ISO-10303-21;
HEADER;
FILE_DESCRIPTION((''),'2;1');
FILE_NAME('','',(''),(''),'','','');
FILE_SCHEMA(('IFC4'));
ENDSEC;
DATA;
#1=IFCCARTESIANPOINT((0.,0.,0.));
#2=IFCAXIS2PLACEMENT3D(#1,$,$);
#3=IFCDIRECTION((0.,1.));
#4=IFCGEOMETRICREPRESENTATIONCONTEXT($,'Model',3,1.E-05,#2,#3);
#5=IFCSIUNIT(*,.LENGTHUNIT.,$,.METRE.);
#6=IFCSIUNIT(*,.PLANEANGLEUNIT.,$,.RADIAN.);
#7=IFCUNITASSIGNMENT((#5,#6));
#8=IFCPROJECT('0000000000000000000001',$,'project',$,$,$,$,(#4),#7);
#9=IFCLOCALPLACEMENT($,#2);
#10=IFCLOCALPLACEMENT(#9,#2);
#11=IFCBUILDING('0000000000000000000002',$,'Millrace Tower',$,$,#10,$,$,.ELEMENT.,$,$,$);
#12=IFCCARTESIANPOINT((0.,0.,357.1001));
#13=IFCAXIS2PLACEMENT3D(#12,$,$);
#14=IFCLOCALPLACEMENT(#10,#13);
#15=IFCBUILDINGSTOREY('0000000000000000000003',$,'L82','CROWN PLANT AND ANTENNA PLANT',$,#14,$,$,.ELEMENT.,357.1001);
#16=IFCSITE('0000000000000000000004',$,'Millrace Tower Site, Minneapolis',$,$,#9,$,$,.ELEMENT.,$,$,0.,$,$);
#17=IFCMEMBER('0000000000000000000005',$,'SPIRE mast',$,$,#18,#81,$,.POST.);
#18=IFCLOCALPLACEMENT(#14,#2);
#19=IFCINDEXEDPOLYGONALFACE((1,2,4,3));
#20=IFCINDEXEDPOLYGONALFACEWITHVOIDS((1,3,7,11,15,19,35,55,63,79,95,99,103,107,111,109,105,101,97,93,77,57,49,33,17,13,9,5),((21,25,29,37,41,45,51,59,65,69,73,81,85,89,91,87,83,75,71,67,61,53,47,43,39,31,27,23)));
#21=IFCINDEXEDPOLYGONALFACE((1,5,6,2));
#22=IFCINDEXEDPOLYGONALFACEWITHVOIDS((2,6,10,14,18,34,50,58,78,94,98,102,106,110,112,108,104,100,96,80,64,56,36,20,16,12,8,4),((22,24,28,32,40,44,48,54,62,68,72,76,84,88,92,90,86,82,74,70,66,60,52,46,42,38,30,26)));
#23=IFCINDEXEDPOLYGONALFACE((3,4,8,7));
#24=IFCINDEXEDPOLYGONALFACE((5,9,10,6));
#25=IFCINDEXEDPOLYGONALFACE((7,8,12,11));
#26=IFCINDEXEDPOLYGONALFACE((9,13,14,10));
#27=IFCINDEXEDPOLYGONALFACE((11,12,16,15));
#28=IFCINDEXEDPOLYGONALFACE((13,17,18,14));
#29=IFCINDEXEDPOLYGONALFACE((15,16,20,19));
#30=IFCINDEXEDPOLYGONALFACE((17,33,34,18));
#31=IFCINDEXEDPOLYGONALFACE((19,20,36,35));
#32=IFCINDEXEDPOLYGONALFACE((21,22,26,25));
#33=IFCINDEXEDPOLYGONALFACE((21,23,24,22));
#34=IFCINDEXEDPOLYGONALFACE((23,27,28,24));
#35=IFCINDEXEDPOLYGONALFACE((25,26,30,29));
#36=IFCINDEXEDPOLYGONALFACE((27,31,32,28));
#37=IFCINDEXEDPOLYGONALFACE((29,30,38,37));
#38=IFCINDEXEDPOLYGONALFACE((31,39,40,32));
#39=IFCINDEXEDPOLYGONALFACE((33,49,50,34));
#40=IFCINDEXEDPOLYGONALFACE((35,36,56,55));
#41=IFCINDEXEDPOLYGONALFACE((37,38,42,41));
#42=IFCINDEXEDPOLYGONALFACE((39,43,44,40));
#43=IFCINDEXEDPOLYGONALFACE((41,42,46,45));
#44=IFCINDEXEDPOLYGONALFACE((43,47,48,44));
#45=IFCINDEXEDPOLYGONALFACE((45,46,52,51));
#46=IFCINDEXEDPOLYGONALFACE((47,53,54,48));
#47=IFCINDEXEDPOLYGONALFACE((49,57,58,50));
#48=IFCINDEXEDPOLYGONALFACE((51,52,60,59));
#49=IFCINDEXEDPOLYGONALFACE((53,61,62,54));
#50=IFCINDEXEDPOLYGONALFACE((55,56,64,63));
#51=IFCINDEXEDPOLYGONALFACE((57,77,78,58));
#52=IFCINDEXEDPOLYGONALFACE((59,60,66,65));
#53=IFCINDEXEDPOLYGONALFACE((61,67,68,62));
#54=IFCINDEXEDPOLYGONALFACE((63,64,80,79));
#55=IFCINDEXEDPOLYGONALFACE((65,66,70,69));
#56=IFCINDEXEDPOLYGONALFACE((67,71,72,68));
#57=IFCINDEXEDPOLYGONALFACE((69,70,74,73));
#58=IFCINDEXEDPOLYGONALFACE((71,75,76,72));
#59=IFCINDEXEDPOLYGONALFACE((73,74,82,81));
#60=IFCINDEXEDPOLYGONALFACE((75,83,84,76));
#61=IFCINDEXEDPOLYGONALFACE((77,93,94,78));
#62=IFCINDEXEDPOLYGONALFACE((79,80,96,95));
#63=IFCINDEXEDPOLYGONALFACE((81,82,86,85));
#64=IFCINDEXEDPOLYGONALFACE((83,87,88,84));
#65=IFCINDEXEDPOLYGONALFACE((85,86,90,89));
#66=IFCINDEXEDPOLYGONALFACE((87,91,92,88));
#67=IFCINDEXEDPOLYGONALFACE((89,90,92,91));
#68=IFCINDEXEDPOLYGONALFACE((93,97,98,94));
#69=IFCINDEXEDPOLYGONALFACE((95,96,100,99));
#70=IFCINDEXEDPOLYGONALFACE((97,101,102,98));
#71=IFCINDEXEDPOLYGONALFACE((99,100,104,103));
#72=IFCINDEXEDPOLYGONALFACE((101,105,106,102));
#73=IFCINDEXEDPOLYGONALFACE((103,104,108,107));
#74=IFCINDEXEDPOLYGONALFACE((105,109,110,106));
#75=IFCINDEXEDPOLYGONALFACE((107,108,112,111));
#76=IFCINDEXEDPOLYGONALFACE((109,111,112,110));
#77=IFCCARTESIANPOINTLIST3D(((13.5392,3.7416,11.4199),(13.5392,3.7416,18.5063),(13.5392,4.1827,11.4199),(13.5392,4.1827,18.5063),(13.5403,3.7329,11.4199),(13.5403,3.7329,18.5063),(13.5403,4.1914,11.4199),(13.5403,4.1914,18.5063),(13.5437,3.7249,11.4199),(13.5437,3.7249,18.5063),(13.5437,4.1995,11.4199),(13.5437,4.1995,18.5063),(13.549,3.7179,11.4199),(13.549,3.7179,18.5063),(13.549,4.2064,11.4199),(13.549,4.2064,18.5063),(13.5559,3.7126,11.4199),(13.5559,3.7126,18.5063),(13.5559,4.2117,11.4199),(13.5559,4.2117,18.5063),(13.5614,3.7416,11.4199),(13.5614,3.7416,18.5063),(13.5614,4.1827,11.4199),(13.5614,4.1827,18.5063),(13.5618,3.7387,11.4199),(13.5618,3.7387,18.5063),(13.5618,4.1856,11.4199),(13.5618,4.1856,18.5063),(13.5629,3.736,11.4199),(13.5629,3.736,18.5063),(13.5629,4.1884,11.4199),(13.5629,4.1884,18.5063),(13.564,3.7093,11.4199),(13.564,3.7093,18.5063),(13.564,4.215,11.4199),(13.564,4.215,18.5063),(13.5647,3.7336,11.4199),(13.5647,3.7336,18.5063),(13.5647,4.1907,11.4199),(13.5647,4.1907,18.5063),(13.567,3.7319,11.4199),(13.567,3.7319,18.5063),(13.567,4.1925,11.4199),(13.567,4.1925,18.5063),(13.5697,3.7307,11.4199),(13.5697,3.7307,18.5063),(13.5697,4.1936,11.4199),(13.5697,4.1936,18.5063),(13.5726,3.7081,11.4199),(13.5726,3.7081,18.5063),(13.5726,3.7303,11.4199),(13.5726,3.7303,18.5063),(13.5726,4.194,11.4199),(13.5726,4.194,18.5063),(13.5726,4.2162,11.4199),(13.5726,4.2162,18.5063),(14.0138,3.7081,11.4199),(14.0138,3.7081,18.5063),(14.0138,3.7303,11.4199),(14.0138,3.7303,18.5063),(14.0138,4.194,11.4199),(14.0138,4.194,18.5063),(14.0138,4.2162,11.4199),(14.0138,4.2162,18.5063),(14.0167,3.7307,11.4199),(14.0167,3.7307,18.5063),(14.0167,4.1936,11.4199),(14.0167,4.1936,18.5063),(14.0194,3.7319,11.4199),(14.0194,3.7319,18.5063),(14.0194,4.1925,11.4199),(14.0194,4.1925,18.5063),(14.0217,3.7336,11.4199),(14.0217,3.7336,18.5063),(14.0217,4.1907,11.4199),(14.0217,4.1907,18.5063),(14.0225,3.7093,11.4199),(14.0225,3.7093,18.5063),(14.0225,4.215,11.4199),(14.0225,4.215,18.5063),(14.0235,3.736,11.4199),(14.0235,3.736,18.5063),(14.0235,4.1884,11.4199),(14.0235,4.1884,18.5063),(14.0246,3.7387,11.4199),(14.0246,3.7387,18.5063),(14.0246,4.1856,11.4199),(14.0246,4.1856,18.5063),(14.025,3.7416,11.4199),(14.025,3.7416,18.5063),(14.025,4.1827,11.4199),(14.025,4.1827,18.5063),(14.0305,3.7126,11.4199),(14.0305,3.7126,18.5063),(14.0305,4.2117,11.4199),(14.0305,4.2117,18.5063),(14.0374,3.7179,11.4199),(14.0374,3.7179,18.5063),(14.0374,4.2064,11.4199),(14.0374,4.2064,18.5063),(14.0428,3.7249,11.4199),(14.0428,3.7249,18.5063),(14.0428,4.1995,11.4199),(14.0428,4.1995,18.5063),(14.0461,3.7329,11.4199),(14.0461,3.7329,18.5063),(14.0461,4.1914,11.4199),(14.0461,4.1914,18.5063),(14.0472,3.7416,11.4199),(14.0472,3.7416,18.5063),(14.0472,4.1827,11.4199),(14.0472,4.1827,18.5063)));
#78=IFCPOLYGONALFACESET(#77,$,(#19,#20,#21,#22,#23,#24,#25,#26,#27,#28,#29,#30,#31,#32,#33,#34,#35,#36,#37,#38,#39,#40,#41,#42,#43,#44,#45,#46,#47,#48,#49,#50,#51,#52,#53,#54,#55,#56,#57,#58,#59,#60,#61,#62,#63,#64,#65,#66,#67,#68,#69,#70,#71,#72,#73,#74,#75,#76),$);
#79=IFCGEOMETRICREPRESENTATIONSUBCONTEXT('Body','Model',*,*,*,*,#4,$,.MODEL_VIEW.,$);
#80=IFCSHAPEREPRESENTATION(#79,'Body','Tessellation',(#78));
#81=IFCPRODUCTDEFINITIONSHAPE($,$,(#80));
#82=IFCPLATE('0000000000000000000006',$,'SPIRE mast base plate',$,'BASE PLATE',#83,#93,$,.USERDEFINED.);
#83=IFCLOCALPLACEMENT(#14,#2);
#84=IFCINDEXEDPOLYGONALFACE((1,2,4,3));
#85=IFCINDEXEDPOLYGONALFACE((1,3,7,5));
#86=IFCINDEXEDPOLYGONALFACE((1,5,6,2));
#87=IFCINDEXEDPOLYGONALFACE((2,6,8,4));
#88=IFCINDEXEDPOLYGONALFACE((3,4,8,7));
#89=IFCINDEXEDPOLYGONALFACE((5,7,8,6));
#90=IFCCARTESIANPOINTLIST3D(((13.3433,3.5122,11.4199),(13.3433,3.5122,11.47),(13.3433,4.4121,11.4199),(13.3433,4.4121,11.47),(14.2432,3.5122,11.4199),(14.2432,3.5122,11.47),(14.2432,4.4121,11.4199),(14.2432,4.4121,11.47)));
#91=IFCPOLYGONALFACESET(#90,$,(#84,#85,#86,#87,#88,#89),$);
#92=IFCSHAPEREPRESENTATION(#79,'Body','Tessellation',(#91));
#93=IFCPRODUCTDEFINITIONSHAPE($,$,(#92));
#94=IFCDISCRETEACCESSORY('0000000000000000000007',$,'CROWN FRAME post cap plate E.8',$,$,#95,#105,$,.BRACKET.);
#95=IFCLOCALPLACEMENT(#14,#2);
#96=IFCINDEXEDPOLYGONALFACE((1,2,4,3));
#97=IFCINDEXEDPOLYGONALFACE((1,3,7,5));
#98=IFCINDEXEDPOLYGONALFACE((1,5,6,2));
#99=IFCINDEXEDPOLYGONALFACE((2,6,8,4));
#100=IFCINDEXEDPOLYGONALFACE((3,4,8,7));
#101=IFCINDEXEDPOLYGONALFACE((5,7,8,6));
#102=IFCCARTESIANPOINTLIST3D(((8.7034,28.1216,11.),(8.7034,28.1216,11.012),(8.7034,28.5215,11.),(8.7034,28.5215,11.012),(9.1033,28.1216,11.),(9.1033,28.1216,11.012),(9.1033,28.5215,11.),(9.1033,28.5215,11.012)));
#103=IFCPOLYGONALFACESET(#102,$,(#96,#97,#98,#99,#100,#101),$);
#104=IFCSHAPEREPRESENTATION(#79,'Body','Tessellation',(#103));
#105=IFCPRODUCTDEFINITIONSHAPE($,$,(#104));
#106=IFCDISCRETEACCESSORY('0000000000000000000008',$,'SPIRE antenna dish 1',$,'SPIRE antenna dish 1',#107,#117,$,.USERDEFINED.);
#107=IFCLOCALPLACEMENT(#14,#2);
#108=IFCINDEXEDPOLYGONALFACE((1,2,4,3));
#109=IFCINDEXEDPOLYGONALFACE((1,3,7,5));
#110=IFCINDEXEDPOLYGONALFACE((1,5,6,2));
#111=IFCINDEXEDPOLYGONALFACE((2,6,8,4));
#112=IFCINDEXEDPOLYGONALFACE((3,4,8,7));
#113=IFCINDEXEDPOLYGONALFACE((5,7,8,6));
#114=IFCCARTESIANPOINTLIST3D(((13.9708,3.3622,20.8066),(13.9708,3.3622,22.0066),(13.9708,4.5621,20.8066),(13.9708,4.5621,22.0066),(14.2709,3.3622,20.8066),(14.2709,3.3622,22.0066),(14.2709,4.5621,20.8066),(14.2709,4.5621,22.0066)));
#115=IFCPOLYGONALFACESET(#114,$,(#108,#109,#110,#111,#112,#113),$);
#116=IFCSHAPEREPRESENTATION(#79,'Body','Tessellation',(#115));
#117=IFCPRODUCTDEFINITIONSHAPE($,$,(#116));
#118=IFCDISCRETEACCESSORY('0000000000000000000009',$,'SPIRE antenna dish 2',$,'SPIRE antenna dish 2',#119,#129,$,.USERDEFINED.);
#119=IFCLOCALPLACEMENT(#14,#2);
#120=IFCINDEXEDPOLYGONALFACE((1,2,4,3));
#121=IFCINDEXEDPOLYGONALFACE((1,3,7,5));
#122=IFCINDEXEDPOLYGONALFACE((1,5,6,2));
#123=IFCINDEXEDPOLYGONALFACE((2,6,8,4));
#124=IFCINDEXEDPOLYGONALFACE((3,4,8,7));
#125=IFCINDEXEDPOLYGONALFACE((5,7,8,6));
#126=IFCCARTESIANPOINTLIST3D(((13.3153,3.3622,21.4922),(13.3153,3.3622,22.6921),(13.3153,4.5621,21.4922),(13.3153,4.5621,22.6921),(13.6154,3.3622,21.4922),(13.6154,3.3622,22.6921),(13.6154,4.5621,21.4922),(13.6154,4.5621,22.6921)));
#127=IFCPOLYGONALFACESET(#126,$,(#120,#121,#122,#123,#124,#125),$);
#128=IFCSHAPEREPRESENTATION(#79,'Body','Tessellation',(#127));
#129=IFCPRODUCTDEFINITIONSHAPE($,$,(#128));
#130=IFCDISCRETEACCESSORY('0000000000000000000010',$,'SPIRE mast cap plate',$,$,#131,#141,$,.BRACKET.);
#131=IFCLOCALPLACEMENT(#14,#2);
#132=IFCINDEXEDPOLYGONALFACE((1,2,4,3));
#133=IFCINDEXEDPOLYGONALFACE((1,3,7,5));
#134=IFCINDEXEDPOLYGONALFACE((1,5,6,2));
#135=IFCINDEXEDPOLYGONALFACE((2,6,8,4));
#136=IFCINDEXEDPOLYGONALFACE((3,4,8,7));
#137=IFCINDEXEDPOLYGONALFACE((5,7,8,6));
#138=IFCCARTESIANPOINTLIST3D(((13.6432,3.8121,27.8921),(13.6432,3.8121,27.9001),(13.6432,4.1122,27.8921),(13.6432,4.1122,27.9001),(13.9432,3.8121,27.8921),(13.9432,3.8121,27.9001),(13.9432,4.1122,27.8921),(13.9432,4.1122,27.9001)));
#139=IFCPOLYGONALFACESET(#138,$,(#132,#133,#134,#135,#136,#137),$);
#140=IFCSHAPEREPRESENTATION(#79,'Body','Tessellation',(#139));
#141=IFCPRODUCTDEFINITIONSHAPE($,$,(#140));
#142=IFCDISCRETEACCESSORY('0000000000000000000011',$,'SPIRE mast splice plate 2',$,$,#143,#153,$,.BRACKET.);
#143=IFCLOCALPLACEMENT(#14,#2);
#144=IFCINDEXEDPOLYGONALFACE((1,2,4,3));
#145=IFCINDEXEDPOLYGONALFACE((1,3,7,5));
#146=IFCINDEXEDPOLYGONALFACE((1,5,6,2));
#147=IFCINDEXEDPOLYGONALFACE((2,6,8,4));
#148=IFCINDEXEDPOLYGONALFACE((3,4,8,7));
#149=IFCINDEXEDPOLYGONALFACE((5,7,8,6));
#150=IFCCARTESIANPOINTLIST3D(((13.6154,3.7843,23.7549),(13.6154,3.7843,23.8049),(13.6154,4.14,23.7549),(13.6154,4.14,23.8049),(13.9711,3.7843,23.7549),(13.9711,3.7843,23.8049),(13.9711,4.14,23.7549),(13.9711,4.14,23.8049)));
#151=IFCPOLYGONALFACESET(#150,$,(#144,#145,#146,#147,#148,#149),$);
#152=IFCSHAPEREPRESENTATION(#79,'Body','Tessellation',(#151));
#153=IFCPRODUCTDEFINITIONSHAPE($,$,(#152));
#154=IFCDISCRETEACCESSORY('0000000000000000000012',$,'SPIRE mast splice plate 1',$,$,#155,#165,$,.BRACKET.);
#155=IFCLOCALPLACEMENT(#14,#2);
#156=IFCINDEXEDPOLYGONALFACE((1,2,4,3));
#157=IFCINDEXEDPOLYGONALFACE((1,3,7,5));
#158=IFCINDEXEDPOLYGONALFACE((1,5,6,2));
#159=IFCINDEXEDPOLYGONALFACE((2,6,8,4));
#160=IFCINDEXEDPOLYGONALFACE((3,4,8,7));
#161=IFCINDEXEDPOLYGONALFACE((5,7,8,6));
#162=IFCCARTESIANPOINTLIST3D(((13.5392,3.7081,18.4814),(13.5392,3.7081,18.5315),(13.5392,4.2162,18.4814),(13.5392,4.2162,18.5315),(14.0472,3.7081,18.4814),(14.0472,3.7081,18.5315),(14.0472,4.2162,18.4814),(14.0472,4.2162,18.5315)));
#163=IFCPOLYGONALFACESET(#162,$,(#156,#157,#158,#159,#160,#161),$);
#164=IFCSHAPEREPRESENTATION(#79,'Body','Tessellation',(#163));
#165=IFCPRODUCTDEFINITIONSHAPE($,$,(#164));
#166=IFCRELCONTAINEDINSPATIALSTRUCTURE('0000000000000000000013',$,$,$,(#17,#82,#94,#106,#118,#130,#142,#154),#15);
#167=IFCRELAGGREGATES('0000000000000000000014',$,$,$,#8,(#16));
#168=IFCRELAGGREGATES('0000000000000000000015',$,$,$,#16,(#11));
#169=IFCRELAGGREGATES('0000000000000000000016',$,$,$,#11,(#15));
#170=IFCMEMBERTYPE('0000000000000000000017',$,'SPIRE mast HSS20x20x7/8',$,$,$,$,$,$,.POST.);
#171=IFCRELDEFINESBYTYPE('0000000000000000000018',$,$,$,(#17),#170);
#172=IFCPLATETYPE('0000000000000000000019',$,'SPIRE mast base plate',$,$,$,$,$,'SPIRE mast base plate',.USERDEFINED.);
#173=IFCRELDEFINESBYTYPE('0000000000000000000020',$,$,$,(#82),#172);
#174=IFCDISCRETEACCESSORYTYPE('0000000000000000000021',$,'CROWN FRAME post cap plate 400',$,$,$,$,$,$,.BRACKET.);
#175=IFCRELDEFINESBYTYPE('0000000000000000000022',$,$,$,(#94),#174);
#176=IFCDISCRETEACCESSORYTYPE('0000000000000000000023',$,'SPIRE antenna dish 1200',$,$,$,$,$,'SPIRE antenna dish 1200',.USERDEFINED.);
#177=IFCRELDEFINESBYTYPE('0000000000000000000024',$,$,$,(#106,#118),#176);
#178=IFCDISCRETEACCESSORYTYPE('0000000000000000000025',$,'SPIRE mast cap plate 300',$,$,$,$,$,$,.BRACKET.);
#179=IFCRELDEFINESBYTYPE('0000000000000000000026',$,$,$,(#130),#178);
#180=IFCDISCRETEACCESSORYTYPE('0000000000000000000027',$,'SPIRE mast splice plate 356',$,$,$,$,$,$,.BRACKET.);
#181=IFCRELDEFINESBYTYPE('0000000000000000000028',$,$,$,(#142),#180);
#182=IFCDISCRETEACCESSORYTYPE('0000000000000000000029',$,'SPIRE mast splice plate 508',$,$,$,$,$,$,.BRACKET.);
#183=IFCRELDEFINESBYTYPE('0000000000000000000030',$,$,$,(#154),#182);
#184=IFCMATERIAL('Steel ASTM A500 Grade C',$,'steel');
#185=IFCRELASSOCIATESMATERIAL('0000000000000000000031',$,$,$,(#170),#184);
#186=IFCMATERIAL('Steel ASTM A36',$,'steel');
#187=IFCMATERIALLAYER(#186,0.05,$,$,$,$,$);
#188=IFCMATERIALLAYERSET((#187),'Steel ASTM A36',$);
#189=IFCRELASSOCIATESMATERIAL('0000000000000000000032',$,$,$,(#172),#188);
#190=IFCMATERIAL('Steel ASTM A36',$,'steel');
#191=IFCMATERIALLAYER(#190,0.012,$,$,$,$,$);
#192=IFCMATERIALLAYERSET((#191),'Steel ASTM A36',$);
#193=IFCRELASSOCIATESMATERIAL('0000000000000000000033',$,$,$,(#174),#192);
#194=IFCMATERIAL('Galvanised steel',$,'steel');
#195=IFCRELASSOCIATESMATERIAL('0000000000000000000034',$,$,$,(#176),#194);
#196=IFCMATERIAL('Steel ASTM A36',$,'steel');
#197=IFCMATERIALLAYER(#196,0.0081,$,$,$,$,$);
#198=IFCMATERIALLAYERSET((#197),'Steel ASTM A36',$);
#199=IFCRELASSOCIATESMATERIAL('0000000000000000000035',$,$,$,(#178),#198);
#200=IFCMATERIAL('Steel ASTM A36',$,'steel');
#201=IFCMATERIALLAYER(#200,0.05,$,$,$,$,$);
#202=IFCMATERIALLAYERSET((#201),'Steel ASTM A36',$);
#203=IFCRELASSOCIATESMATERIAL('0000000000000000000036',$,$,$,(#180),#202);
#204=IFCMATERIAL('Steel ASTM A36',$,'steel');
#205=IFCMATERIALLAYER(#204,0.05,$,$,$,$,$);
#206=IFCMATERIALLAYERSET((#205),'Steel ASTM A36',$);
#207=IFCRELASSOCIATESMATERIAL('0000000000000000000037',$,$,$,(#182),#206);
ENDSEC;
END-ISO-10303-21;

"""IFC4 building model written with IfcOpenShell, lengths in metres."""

from ifc_helpers import new_model, si_unit, direction, frame, origin, origin_2d, place, context, subcontext, project, spatial, rectangle, hollow_rectangle, extrude, material, layer, layer_set, material_profile, profile_set, type_object, element, save


model = new_model("IFC4")

# Units and contexts
model_context = context("Model", 3, precision=1e-05, world=origin(), true_north=direction((0.0, 1.0)))
body_context = subcontext(model_context, "Body", "Model", "MODEL_VIEW")
ifc_project = project(units=[si_unit("LENGTHUNIT", "METRE"), si_unit("PLANEANGLEUNIT", "RADIAN")], contexts=[model_context])

# Site, building, storey
site_placement = place(None, origin())
site = spatial("IfcSite", under=ifc_project, at=site_placement, Name="Millrace Tower Site, Minneapolis", CompositionType="ELEMENT", RefElevation=0.0)
building_placement = place(site_placement, origin())
building = spatial("IfcBuilding", under=site, at=building_placement, Name="Millrace Tower", CompositionType="ELEMENT")
storey_placement = place(building_placement, frame((0.0, 0.0, 357.1001)))
storey = spatial("IfcBuildingStorey", under=building, at=storey_placement, Name="L82", Description="CROWN PLANT AND ANTENNA PLANT", CompositionType="ELEMENT", Elevation=357.1001)

# Member
ifc_material_1 = material(Name="Steel ASTM A500 Grade C", Category="steel")
ifc_material_profile_1 = material_profile(ifc_material_1, hollow_rectangle(XDim=0.5081, YDim=0.5081, WallThickness=0.0222, InnerFilletRadius=0.0112, OuterFilletRadius=0.0334, at=origin_2d()))
ifc_profile_set_1 = profile_set([ifc_material_profile_1], Name="Steel ASTM A500 Grade C")
member_type_1 = type_object("IfcMemberType", Name="SPIRE mast HSS20x20x7/8", PredefinedType="POST", material=ifc_profile_set_1)
placement = place(storey_placement, frame((13.7932, 3.9622, 11.4199), z_axis=(0.0, 0.0, 1.0), x_axis=(1.0, 0.0, 0.0)))
element("IfcMember", 1, at=placement, inside=storey, type_object=member_type_1, Name="SPIRE mast", PredefinedType="POST", context=body_context, shape_type="SweptSolid", body=[
    extrude(hollow_rectangle(XDim=0.5081, YDim=0.5081, WallThickness=0.0222, InnerFilletRadius=0.0112, OuterFilletRadius=0.0334, at=origin_2d()), origin(), (0.0, 0.0, 1.0), 7.0864),
])

# Plate
ifc_material_2 = material(Name="Steel ASTM A36", Category="steel")
ifc_layer_1 = layer(ifc_material_2, 0.05)
ifc_layer_set_1 = layer_set([ifc_layer_1], Name="Steel ASTM A36")
plate_type = type_object("IfcPlateType", Name="SPIRE mast base plate", ElementType="SPIRE mast base plate", PredefinedType="USERDEFINED", material=ifc_layer_set_1)
element("IfcPlate", 2, at=placement, inside=storey, type_object=plate_type, Name="SPIRE mast base plate", ObjectType="BASE PLATE", PredefinedType="USERDEFINED", context=body_context, shape_type="SweptSolid", body=[
    extrude(rectangle(XDim=0.8999, YDim=0.8999, at=origin_2d()), origin(), (0.0, 0.0, 1.0), 0.05),
])

# Discrete accessories
ifc_material_3 = material(Name="Steel ASTM A36", Category="steel")
ifc_layer_2 = layer(ifc_material_3, 0.012)
ifc_layer_set_2 = layer_set([ifc_layer_2], Name="Steel ASTM A36")
discrete_accessory_type_1 = type_object("IfcDiscreteAccessoryType", Name="CROWN FRAME post cap plate 400", PredefinedType="BRACKET", material=ifc_layer_set_2)
discrete_accessory_1_placement = place(storey_placement, frame((8.9033, 28.3215, 11.0), z_axis=(0.0, 0.0, 1.0), x_axis=(1.0, 0.0, 0.0)))
element("IfcDiscreteAccessory", 3, at=discrete_accessory_1_placement, inside=storey, type_object=discrete_accessory_type_1, Name="CROWN FRAME post cap plate E.8", PredefinedType="BRACKET", context=body_context, shape_type="SweptSolid", body=[
    extrude(rectangle(XDim=0.3999, YDim=0.3999, at=origin_2d()), origin(), (0.0, 0.0, 1.0), 0.012),
])
ifc_material_4 = material(Name="Galvanised steel", Category="steel")
discrete_accessory_type_2 = type_object("IfcDiscreteAccessoryType", Name="SPIRE antenna dish 1200", ElementType="SPIRE antenna dish 1200", PredefinedType="USERDEFINED", material=ifc_material_4)
discrete_accessory_2_placement = place(storey_placement, frame((14.1208, 3.9622, 20.8066), z_axis=(0.0, 0.0, 1.0), x_axis=(1.0, 0.0, 0.0)))
element("IfcDiscreteAccessory", 4, at=discrete_accessory_2_placement, inside=storey, type_object=discrete_accessory_type_2, Name="SPIRE antenna dish 1", ObjectType="SPIRE antenna dish 1", PredefinedType="USERDEFINED", context=body_context, shape_type="SweptSolid", body=[
    extrude(rectangle(XDim=0.3, YDim=1.2, at=origin_2d()), origin(), (0.0, 0.0, 1.0), 1.2),
])
discrete_accessory_3_placement = place(storey_placement, frame((13.4653, 3.9622, 21.4922), z_axis=(0.0, 0.0, 1.0), x_axis=(1.0, 0.0, 0.0)))
element("IfcDiscreteAccessory", 5, at=discrete_accessory_3_placement, inside=storey, type_object=discrete_accessory_type_2, Name="SPIRE antenna dish 2", ObjectType="SPIRE antenna dish 2", PredefinedType="USERDEFINED", context=body_context, shape_type="SweptSolid", body=[
    extrude(rectangle(XDim=0.3, YDim=1.2, at=origin_2d()), origin(), (0.0, 0.0, 1.0), 1.2),
])
ifc_material_5 = material(Name="Steel ASTM A36", Category="steel")
ifc_layer_3 = layer(ifc_material_5, 0.0081)
ifc_layer_set_3 = layer_set([ifc_layer_3], Name="Steel ASTM A36")
discrete_accessory_type_3 = type_object("IfcDiscreteAccessoryType", Name="SPIRE mast cap plate 300", PredefinedType="BRACKET", material=ifc_layer_set_3)
discrete_accessory_4_placement = place(storey_placement, frame((13.7932, 3.9622, 27.8921), z_axis=(0.0, 0.0, 1.0), x_axis=(1.0, 0.0, 0.0)))
element("IfcDiscreteAccessory", 6, at=discrete_accessory_4_placement, inside=storey, type_object=discrete_accessory_type_3, Name="SPIRE mast cap plate", PredefinedType="BRACKET", context=body_context, shape_type="SweptSolid", body=[
    extrude(rectangle(XDim=0.3, YDim=0.3, at=origin_2d()), origin(), (0.0, 0.0, 1.0), 0.0081),
])
ifc_material_6 = material(Name="Steel ASTM A36", Category="steel")
ifc_layer_4 = layer(ifc_material_6, 0.05)
ifc_layer_set_4 = layer_set([ifc_layer_4], Name="Steel ASTM A36")
discrete_accessory_type_4 = type_object("IfcDiscreteAccessoryType", Name="SPIRE mast splice plate 356", PredefinedType="BRACKET", material=ifc_layer_set_4)
discrete_accessory_5_placement = place(storey_placement, frame((13.7932, 3.9622, 23.7549), z_axis=(0.0, 0.0, 1.0), x_axis=(1.0, 0.0, 0.0)))
element("IfcDiscreteAccessory", 7, at=discrete_accessory_5_placement, inside=storey, type_object=discrete_accessory_type_4, Name="SPIRE mast splice plate 2", PredefinedType="BRACKET", context=body_context, shape_type="SweptSolid", body=[
    extrude(rectangle(XDim=0.3557, YDim=0.3557, at=origin_2d()), origin(), (0.0, 0.0, 1.0), 0.05),
])
ifc_material_7 = material(Name="Steel ASTM A36", Category="steel")
ifc_layer_5 = layer(ifc_material_7, 0.05)
ifc_layer_set_5 = layer_set([ifc_layer_5], Name="Steel ASTM A36")
discrete_accessory_type_5 = type_object("IfcDiscreteAccessoryType", Name="SPIRE mast splice plate 508", PredefinedType="BRACKET", material=ifc_layer_set_5)
discrete_accessory_6_placement = place(storey_placement, frame((13.7932, 3.9622, 18.4814), z_axis=(0.0, 0.0, 1.0), x_axis=(1.0, 0.0, 0.0)))
element("IfcDiscreteAccessory", 8, at=discrete_accessory_6_placement, inside=storey, type_object=discrete_accessory_type_5, Name="SPIRE mast splice plate 1", PredefinedType="BRACKET", context=body_context, shape_type="SweptSolid", body=[
    extrude(rectangle(XDim=0.5081, YDim=0.5081, at=origin_2d()), origin(), (0.0, 0.0, 1.0), 0.05),
])

save(model, "model.ifc")
